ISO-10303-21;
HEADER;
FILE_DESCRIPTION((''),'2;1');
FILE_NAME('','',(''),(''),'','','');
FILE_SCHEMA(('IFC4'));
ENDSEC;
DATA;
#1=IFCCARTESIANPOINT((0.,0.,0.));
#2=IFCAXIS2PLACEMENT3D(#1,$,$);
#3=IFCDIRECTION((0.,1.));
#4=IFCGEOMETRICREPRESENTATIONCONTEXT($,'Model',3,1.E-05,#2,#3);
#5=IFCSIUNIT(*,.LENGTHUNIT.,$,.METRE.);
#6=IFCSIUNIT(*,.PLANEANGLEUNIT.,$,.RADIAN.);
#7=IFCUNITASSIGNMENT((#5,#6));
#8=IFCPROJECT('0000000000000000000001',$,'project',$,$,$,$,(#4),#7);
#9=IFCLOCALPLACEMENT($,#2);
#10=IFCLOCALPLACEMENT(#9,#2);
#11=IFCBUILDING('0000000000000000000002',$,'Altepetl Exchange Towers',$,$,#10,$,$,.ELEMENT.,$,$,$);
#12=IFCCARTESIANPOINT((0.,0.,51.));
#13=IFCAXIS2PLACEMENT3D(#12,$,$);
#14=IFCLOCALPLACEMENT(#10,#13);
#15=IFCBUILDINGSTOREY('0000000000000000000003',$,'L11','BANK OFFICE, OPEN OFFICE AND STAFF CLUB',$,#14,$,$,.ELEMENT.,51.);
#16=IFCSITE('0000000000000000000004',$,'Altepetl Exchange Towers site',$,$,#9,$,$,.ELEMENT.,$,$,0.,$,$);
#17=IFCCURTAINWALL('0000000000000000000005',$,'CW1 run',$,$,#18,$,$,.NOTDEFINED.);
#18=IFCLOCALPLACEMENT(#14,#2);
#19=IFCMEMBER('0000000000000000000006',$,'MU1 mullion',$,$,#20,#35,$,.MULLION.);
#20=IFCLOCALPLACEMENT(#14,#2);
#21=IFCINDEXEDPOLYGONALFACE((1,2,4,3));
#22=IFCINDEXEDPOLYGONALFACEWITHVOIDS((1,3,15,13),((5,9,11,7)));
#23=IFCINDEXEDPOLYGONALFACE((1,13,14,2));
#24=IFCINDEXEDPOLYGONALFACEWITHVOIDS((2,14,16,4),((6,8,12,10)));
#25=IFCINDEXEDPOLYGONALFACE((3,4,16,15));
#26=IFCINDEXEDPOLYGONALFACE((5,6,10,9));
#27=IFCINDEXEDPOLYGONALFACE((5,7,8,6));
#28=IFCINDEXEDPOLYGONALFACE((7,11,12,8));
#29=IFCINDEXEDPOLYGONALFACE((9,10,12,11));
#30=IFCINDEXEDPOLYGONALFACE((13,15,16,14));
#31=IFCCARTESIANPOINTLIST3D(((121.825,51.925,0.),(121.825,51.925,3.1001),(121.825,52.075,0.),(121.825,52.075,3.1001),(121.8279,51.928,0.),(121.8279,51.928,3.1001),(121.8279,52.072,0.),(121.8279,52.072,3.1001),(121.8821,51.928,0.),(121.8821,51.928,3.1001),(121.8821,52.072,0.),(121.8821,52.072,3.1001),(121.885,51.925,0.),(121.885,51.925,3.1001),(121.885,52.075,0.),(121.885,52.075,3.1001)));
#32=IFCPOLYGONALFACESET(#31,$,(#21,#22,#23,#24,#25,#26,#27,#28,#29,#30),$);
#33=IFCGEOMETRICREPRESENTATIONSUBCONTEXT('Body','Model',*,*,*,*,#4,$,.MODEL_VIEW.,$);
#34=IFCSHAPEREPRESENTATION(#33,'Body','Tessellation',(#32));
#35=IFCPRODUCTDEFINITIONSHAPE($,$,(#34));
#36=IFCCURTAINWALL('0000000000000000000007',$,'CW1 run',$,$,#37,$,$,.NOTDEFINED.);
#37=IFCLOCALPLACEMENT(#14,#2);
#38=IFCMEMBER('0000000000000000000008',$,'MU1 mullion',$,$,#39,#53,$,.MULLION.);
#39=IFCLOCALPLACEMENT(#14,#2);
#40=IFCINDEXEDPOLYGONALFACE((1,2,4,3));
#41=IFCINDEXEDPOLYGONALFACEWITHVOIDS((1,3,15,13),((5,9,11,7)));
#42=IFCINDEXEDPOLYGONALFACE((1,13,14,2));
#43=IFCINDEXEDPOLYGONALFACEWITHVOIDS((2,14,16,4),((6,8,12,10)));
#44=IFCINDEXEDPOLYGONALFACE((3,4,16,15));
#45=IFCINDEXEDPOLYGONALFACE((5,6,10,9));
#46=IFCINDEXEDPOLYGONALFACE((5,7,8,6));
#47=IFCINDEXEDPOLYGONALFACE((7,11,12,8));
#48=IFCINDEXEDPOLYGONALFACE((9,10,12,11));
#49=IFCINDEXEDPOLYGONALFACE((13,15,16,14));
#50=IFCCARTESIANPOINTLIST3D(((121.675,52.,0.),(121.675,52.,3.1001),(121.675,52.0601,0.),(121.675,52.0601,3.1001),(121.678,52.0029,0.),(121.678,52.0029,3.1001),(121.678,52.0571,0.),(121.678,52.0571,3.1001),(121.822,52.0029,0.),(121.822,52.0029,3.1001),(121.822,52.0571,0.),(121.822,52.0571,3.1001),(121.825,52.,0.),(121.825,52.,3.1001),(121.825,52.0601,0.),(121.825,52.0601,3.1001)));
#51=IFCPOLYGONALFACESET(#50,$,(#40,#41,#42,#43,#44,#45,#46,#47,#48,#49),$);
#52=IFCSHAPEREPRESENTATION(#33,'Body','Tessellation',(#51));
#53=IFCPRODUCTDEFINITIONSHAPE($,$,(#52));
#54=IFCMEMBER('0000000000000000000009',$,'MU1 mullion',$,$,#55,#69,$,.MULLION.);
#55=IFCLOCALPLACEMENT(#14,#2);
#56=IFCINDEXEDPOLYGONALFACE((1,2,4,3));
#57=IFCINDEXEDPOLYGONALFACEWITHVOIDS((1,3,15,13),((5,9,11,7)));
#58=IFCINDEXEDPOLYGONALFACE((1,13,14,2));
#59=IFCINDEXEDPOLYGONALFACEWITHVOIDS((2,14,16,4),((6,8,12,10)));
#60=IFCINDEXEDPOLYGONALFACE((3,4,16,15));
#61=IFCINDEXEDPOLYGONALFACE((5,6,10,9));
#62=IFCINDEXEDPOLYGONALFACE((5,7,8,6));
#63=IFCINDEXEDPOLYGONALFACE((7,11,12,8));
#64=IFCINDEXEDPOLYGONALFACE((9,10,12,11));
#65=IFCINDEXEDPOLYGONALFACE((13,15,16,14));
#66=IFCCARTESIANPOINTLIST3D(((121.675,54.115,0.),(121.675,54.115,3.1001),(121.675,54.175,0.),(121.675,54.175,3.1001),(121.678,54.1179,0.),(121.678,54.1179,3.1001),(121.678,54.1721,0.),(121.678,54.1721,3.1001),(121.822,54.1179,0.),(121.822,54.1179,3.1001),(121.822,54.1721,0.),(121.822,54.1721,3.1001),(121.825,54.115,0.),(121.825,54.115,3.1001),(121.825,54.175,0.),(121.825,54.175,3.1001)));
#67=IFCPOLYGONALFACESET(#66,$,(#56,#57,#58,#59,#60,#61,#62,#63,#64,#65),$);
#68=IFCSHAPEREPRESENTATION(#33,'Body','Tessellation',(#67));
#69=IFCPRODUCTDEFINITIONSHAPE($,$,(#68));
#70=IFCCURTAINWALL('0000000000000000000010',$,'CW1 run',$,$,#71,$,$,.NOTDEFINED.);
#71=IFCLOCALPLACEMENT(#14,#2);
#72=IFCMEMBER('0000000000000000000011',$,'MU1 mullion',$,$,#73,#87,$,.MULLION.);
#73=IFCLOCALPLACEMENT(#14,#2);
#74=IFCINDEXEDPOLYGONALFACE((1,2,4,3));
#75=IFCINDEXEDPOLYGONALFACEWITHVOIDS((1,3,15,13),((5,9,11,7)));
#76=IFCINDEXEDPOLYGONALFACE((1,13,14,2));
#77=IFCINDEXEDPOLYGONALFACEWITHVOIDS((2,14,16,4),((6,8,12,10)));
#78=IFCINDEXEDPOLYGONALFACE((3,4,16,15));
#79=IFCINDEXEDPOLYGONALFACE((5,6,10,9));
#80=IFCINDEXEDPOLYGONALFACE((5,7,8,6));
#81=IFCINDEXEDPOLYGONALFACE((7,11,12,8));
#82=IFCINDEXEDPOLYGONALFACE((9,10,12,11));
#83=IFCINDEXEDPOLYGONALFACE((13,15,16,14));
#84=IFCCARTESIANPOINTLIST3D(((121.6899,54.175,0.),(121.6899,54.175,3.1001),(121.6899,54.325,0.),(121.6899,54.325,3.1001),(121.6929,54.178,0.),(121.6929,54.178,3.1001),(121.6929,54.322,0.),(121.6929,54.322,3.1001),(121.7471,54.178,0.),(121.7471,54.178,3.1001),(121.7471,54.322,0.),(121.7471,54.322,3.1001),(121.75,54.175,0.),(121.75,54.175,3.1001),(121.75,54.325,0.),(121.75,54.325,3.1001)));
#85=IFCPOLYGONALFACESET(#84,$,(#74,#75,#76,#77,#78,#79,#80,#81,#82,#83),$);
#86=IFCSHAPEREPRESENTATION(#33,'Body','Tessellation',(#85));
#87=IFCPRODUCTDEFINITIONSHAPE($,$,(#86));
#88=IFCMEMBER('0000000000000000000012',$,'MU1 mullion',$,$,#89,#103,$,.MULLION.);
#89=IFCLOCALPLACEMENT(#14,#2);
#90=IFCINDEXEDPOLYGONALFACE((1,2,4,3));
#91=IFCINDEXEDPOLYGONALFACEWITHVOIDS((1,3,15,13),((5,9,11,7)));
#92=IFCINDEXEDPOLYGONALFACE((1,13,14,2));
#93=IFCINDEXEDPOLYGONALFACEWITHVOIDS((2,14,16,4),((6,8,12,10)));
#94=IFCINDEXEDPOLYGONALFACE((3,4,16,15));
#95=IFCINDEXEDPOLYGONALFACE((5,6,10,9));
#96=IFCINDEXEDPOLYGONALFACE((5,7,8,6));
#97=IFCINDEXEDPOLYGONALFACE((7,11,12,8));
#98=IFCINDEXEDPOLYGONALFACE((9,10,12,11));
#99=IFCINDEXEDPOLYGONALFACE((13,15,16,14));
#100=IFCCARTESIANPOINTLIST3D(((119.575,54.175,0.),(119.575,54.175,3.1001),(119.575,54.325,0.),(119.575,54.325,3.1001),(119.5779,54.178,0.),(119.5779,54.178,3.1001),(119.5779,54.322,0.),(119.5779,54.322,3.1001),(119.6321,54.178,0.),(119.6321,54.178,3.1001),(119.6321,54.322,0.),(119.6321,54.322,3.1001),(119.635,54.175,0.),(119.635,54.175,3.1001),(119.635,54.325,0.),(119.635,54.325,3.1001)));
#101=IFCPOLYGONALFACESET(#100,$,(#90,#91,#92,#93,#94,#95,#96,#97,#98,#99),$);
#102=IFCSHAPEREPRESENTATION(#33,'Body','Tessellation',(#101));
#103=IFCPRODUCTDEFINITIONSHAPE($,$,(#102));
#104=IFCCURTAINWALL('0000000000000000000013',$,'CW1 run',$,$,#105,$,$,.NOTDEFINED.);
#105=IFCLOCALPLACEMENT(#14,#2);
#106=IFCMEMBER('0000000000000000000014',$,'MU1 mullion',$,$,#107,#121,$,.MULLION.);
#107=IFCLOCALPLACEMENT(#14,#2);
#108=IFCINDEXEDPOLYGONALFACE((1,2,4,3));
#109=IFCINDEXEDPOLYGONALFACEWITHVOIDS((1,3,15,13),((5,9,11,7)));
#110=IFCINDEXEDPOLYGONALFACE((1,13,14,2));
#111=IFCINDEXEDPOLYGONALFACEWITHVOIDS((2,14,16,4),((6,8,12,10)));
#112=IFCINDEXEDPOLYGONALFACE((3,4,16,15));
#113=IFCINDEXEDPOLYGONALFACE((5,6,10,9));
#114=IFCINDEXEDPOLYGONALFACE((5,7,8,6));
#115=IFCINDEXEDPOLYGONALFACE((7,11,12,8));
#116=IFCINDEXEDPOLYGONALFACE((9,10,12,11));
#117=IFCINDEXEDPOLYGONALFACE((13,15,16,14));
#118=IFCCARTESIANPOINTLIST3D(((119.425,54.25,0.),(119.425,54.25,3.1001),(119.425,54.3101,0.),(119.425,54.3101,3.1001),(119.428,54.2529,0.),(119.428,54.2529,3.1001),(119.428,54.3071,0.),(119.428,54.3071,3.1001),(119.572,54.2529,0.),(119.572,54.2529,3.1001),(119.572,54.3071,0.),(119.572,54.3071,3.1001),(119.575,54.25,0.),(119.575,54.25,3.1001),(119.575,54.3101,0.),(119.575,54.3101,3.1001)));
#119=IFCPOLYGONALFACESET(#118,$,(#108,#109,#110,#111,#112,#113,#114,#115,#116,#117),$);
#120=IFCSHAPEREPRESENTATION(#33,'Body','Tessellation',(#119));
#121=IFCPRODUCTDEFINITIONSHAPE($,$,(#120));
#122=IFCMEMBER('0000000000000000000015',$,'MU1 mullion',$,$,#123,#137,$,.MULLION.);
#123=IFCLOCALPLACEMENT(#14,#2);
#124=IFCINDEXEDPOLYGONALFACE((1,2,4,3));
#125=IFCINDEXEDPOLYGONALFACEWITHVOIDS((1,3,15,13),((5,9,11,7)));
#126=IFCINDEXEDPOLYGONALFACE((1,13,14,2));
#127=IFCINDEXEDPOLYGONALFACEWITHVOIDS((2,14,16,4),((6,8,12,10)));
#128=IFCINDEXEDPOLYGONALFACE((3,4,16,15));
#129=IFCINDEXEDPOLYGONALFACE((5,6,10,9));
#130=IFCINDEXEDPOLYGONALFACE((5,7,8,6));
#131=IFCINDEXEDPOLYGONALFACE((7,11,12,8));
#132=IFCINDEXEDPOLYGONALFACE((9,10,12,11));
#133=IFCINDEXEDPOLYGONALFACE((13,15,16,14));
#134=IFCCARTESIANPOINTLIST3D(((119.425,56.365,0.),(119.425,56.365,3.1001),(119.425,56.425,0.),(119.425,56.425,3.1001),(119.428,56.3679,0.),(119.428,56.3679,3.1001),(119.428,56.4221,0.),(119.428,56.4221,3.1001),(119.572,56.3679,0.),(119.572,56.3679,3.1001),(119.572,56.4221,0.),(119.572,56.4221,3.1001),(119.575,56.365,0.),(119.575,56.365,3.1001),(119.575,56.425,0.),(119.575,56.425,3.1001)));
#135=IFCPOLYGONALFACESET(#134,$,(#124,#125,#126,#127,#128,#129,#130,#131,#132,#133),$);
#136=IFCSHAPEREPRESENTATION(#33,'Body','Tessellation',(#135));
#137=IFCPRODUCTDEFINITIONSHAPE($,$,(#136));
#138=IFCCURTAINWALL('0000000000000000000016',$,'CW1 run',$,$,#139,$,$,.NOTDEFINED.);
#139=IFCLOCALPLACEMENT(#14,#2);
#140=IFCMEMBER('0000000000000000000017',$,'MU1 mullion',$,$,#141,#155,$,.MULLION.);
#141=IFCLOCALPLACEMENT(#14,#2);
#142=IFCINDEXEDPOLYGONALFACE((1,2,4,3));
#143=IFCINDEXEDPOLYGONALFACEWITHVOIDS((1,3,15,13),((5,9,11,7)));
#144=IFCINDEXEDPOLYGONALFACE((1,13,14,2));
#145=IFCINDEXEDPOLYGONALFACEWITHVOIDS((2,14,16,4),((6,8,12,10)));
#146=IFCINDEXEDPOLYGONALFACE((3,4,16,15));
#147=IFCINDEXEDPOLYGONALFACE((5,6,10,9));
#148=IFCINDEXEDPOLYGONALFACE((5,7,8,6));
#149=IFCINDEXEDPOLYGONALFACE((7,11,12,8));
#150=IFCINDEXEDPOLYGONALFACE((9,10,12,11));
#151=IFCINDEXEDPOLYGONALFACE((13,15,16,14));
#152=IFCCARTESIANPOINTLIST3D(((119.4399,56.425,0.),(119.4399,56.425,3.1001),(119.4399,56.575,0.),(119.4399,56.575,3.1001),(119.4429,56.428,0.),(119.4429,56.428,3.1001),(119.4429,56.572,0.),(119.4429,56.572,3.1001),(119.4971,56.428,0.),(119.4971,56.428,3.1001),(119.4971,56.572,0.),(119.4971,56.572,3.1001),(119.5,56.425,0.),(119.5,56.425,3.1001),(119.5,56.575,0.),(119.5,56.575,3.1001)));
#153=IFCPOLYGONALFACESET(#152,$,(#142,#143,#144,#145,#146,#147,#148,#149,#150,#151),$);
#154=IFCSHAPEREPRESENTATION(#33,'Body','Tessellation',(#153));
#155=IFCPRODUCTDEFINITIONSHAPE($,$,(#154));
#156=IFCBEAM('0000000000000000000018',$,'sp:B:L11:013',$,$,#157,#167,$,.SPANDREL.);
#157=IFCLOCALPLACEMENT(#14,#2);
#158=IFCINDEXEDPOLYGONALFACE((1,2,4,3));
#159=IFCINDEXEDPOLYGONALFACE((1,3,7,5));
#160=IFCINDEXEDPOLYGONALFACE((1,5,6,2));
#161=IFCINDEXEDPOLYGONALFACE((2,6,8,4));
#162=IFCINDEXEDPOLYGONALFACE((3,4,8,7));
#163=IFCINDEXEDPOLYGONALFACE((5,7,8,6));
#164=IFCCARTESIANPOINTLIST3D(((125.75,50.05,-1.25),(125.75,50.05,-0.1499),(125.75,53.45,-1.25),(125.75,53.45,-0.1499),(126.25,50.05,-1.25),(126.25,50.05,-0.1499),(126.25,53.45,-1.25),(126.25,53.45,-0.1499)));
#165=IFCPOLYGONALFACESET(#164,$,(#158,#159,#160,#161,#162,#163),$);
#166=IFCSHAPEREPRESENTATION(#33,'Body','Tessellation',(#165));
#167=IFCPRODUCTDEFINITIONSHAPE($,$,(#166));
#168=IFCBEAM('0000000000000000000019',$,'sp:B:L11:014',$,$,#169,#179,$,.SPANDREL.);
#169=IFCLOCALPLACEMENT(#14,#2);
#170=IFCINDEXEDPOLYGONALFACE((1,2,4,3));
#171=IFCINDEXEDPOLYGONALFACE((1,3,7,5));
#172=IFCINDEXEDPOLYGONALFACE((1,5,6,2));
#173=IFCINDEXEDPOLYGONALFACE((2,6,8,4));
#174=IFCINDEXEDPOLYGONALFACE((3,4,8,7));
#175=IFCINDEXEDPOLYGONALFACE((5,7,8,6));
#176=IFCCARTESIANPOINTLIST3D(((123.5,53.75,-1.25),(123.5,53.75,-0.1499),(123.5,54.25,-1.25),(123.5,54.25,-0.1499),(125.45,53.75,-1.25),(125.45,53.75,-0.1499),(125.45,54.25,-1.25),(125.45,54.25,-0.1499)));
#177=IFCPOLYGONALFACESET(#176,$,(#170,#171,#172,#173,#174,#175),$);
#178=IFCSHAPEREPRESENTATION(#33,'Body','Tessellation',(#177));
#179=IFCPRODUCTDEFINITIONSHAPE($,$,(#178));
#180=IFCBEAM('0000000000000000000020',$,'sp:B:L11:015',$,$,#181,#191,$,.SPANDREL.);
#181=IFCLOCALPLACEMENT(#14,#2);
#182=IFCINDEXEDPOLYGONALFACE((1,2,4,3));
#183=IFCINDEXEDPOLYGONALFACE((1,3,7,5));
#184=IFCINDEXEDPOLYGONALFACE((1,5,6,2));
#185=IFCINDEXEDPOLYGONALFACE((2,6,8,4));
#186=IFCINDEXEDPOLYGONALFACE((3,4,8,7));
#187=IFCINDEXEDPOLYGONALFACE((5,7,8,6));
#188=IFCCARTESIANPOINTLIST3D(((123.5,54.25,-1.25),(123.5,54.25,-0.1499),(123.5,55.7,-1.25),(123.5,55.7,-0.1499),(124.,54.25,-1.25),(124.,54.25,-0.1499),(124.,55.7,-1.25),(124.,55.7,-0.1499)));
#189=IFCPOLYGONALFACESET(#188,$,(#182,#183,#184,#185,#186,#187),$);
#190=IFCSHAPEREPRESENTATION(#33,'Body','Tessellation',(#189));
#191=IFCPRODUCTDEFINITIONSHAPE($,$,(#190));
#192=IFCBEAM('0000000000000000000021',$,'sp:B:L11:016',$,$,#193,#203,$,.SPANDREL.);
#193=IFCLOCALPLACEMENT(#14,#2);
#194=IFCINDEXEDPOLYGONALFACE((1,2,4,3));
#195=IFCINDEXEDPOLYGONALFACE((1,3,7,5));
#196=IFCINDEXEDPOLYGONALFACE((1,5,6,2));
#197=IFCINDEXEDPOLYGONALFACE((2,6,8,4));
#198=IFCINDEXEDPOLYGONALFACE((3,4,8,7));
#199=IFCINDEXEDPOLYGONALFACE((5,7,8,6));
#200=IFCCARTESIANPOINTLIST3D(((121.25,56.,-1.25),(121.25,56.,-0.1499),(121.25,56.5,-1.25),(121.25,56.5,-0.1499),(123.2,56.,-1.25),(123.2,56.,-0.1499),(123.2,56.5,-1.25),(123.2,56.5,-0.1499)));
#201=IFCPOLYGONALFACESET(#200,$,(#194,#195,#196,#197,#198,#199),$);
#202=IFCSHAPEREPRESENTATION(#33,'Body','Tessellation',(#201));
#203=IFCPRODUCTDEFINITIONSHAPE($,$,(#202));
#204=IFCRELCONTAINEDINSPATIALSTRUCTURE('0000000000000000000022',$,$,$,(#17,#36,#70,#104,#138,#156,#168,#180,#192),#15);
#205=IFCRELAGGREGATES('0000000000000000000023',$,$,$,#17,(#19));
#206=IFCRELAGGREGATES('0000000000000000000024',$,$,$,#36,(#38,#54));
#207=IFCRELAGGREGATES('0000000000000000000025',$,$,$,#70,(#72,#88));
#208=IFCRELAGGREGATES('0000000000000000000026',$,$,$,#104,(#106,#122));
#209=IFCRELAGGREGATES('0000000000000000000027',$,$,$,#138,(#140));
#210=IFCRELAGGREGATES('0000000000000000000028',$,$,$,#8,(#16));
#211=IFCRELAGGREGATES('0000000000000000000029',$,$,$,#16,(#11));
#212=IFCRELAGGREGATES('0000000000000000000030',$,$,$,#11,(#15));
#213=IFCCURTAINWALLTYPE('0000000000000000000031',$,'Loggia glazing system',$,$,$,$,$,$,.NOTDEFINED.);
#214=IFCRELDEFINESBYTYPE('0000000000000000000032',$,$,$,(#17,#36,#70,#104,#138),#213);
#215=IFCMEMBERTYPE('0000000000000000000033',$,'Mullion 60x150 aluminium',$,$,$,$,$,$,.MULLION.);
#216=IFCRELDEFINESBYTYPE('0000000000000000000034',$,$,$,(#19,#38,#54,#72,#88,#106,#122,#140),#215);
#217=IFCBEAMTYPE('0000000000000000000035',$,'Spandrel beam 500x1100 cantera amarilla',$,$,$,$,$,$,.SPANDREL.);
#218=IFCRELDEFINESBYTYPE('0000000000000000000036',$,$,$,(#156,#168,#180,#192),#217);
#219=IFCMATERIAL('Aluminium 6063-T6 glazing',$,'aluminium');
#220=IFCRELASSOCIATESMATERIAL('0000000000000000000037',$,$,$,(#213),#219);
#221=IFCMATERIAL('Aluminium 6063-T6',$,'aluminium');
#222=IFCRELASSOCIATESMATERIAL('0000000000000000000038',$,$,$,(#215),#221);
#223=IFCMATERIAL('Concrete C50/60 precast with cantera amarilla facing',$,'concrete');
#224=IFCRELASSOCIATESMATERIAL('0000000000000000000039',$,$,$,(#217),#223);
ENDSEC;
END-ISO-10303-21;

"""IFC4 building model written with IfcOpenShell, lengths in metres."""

from ifc_helpers import new_model, si_unit, direction, frame, origin, origin_2d, place, context, subcontext, project, spatial, rectangle, hollow_rectangle, extrude, material, material_profile, profile_set, type_object, element, aggregate, save


model = new_model("IFC4")

# Units and contexts
model_context = context("Model", 3, precision=1e-05, world=origin(), true_north=direction((0.0, 1.0)))
body_context = subcontext(model_context, "Body", "Model", "MODEL_VIEW")
ifc_project = project(units=[si_unit("LENGTHUNIT", "METRE"), si_unit("PLANEANGLEUNIT", "RADIAN")], contexts=[model_context])

# Site, building, storey
site_placement = place(None, origin())
site = spatial("IfcSite", under=ifc_project, at=site_placement, Name="Altepetl Exchange Towers site", CompositionType="ELEMENT", RefElevation=0.0)
building_placement = place(site_placement, origin())
building = spatial("IfcBuilding", under=site, at=building_placement, Name="Altepetl Exchange Towers", CompositionType="ELEMENT")
storey_placement = place(building_placement, frame((0.0, 0.0, 51.0)))
storey = spatial("IfcBuildingStorey", under=building, at=storey_placement, Name="L11", Description="BANK OFFICE, OPEN OFFICE AND STAFF CLUB", CompositionType="ELEMENT", Elevation=51.0)

# Curtain walls, members
ifc_material_1 = material(Name="Aluminium 6063-T6 glazing", Category="aluminium")
curtain_wall_type = type_object("IfcCurtainWallType", Name="Loggia glazing system", PredefinedType="NOTDEFINED", material=ifc_material_1)
ifc_material_2 = material(Name="Aluminium 6063-T6", Category="aluminium")
ifc_material_profile_1 = material_profile(ifc_material_2, hollow_rectangle(XDim=0.0601, YDim=0.1499, WallThickness=0.0029, at=origin_2d()), Name="Mullion 60x150 aluminium")
ifc_profile_set_1 = profile_set([ifc_material_profile_1], Name="Aluminium 6063-T6")
member_type = type_object("IfcMemberType", Name="Mullion 60x150 aluminium", PredefinedType="MULLION", material=ifc_profile_set_1)
curtain_wall_1_placement = place(storey_placement, origin())
curtain_wall_1 = element("IfcCurtainWall", 1, at=curtain_wall_1_placement, inside=storey, type_object=curtain_wall_type, Name="CW1 run", PredefinedType="NOTDEFINED")
member_1_placement = place(storey_placement, frame((121.855, 52.0, 0.0), z_axis=(0.0, 0.0, 1.0), x_axis=(-1.0, 0.0, 0.0)))
member_1 = element("IfcMember", 2, at=member_1_placement, type_object=member_type, Name="MU1 mullion", PredefinedType="MULLION", context=body_context, shape_type="SweptSolid", body=[
    extrude(hollow_rectangle(XDim=0.0601, YDim=0.1499, WallThickness=0.0029, at=origin_2d()), origin(), (0.0, 0.0, 1.0), 3.1001),
])
curtain_wall_2_placement = place(storey_placement, origin())
curtain_wall_2 = element("IfcCurtainWall", 3, at=curtain_wall_2_placement, inside=storey, type_object=curtain_wall_type, Name="CW1 run", PredefinedType="NOTDEFINED")
member_2_placement = place(storey_placement, frame((121.75, 52.03, 0.0), z_axis=(0.0, 0.0, 1.0), x_axis=(0.0, 1.0, 0.0)))
member_2 = element("IfcMember", 4, at=member_2_placement, type_object=member_type, Name="MU1 mullion", PredefinedType="MULLION", context=body_context, shape_type="SweptSolid", body=[
    extrude(hollow_rectangle(XDim=0.0601, YDim=0.1499, WallThickness=0.0029, at=origin_2d()), origin(), (0.0, 0.0, 1.0), 3.1001),
])
member_3_placement = place(storey_placement, frame((121.75, 54.145, 0.0), z_axis=(0.0, 0.0, 1.0), x_axis=(0.0, 1.0, 0.0)))
member_3 = element("IfcMember", 5, at=member_3_placement, type_object=member_type, Name="MU1 mullion", PredefinedType="MULLION", context=body_context, shape_type="SweptSolid", body=[
    extrude(hollow_rectangle(XDim=0.0601, YDim=0.1499, WallThickness=0.0029, at=origin_2d()), origin(), (0.0, 0.0, 1.0), 3.1001),
])
curtain_wall_3_placement = place(storey_placement, origin())
curtain_wall_3 = element("IfcCurtainWall", 6, at=curtain_wall_3_placement, inside=storey, type_object=curtain_wall_type, Name="CW1 run", PredefinedType="NOTDEFINED")
member_4_placement = place(storey_placement, frame((121.72, 54.25, 0.0), z_axis=(0.0, 0.0, 1.0), x_axis=(-1.0, 0.0, 0.0)))
member_4 = element("IfcMember", 7, at=member_4_placement, type_object=member_type, Name="MU1 mullion", PredefinedType="MULLION", context=body_context, shape_type="SweptSolid", body=[
    extrude(hollow_rectangle(XDim=0.0601, YDim=0.1499, WallThickness=0.0029, at=origin_2d()), origin(), (0.0, 0.0, 1.0), 3.1001),
])
member_5_placement = place(storey_placement, frame((119.605, 54.25, 0.0), z_axis=(0.0, 0.0, 1.0), x_axis=(-1.0, 0.0, 0.0)))
member_5 = element("IfcMember", 8, at=member_5_placement, type_object=member_type, Name="MU1 mullion", PredefinedType="MULLION", context=body_context, shape_type="SweptSolid", body=[
    extrude(hollow_rectangle(XDim=0.0601, YDim=0.1499, WallThickness=0.0029, at=origin_2d()), origin(), (0.0, 0.0, 1.0), 3.1001),
])
curtain_wall_4_placement = place(storey_placement, origin())
curtain_wall_4 = element("IfcCurtainWall", 9, at=curtain_wall_4_placement, inside=storey, type_object=curtain_wall_type, Name="CW1 run", PredefinedType="NOTDEFINED")
member_6_placement = place(storey_placement, frame((119.5, 54.28, 0.0), z_axis=(0.0, 0.0, 1.0), x_axis=(0.0, 1.0, 0.0)))
member_6 = element("IfcMember", 10, at=member_6_placement, type_object=member_type, Name="MU1 mullion", PredefinedType="MULLION", context=body_context, shape_type="SweptSolid", body=[
    extrude(hollow_rectangle(XDim=0.0601, YDim=0.1499, WallThickness=0.0029, at=origin_2d()), origin(), (0.0, 0.0, 1.0), 3.1001),
])
member_7_placement = place(storey_placement, frame((119.5, 56.395, 0.0), z_axis=(0.0, 0.0, 1.0), x_axis=(0.0, 1.0, 0.0)))
member_7 = element("IfcMember", 11, at=member_7_placement, type_object=member_type, Name="MU1 mullion", PredefinedType="MULLION", context=body_context, shape_type="SweptSolid", body=[
    extrude(hollow_rectangle(XDim=0.0601, YDim=0.1499, WallThickness=0.0029, at=origin_2d()), origin(), (0.0, 0.0, 1.0), 3.1001),
])

# Curtain wall, member
curtain_wall_5_placement = place(storey_placement, origin())
curtain_wall_5 = element("IfcCurtainWall", 12, at=curtain_wall_5_placement, inside=storey, type_object=curtain_wall_type, Name="CW1 run", PredefinedType="NOTDEFINED")
member_8_placement = place(storey_placement, frame((119.47, 56.5, 0.0), z_axis=(0.0, 0.0, 1.0), x_axis=(-1.0, 0.0, 0.0)))
member_8 = element("IfcMember", 13, at=member_8_placement, type_object=member_type, Name="MU1 mullion", PredefinedType="MULLION", context=body_context, shape_type="SweptSolid", body=[
    extrude(hollow_rectangle(XDim=0.0601, YDim=0.1499, WallThickness=0.0029, at=origin_2d()), origin(), (0.0, 0.0, 1.0), 3.1001),
])

# Beams
ifc_material_3 = material(Name="Concrete C50/60 precast with cantera amarilla facing", Category="concrete")
ifc_material_profile_2 = material_profile(ifc_material_3, rectangle(XDim=0.5, YDim=1.1001, at=origin_2d()), Name="500 x 1100")
ifc_profile_set_2 = profile_set([ifc_material_profile_2], Name="Concrete C50/60 precast with cantera amarilla facing")
beam_type_1 = type_object("IfcBeamType", Name="Spandrel beam 500x1100 cantera amarilla", PredefinedType="SPANDREL", material=ifc_profile_set_2)
beam_1_placement = place(storey_placement, frame((126.0, 50.05, -0.7), z_axis=(0.0, 1.0, 0.0), x_axis=(-1.0, 0.0, 0.0)))
element("IfcBeam", 14, at=beam_1_placement, inside=storey, type_object=beam_type_1, Name="sp:B:L11:013", PredefinedType="SPANDREL", context=body_context, shape_type="SweptSolid", body=[
    extrude(rectangle(XDim=0.5, YDim=1.1001, at=origin_2d()), origin(), (0.0, 0.0, 1.0), 3.3999),
])
beam_2_placement = place(storey_placement, frame((125.45, 54.0, -0.7), z_axis=(-1.0, 0.0, 0.0), x_axis=(0.0, -1.0, 0.0)))
element("IfcBeam", 15, at=beam_2_placement, inside=storey, type_object=beam_type_1, Name="sp:B:L11:014", PredefinedType="SPANDREL", context=body_context, shape_type="SweptSolid", body=[
    extrude(rectangle(XDim=0.5, YDim=1.1001, at=origin_2d()), origin(), (0.0, 0.0, 1.0), 1.95),
])
beam_3_placement = place(storey_placement, frame((123.75, 54.25, -0.7), z_axis=(0.0, 1.0, 0.0), x_axis=(-1.0, 0.0, 0.0)))
element("IfcBeam", 16, at=beam_3_placement, inside=storey, type_object=beam_type_1, Name="sp:B:L11:015", PredefinedType="SPANDREL", context=body_context, shape_type="SweptSolid", body=[
    extrude(rectangle(XDim=0.5, YDim=1.1001, at=origin_2d()), origin(), (0.0, 0.0, 1.0), 1.45),
])
beam_4_placement = place(storey_placement, frame((123.2, 56.25, -0.7), z_axis=(-1.0, 0.0, 0.0), x_axis=(0.0, -1.0, 0.0)))
element("IfcBeam", 17, at=beam_4_placement, inside=storey, type_object=beam_type_1, Name="sp:B:L11:016", PredefinedType="SPANDREL", context=body_context, shape_type="SweptSolid", body=[
    extrude(rectangle(XDim=0.5, YDim=1.1001, at=origin_2d()), origin(), (0.0, 0.0, 1.0), 1.95),
])

aggregate(curtain_wall_1, [member_1])
aggregate(curtain_wall_2, [member_2, member_3])
aggregate(curtain_wall_3, [member_4, member_5])
aggregate(curtain_wall_4, [member_6, member_7])
aggregate(curtain_wall_5, [member_8])

save(model, "model.ifc")
